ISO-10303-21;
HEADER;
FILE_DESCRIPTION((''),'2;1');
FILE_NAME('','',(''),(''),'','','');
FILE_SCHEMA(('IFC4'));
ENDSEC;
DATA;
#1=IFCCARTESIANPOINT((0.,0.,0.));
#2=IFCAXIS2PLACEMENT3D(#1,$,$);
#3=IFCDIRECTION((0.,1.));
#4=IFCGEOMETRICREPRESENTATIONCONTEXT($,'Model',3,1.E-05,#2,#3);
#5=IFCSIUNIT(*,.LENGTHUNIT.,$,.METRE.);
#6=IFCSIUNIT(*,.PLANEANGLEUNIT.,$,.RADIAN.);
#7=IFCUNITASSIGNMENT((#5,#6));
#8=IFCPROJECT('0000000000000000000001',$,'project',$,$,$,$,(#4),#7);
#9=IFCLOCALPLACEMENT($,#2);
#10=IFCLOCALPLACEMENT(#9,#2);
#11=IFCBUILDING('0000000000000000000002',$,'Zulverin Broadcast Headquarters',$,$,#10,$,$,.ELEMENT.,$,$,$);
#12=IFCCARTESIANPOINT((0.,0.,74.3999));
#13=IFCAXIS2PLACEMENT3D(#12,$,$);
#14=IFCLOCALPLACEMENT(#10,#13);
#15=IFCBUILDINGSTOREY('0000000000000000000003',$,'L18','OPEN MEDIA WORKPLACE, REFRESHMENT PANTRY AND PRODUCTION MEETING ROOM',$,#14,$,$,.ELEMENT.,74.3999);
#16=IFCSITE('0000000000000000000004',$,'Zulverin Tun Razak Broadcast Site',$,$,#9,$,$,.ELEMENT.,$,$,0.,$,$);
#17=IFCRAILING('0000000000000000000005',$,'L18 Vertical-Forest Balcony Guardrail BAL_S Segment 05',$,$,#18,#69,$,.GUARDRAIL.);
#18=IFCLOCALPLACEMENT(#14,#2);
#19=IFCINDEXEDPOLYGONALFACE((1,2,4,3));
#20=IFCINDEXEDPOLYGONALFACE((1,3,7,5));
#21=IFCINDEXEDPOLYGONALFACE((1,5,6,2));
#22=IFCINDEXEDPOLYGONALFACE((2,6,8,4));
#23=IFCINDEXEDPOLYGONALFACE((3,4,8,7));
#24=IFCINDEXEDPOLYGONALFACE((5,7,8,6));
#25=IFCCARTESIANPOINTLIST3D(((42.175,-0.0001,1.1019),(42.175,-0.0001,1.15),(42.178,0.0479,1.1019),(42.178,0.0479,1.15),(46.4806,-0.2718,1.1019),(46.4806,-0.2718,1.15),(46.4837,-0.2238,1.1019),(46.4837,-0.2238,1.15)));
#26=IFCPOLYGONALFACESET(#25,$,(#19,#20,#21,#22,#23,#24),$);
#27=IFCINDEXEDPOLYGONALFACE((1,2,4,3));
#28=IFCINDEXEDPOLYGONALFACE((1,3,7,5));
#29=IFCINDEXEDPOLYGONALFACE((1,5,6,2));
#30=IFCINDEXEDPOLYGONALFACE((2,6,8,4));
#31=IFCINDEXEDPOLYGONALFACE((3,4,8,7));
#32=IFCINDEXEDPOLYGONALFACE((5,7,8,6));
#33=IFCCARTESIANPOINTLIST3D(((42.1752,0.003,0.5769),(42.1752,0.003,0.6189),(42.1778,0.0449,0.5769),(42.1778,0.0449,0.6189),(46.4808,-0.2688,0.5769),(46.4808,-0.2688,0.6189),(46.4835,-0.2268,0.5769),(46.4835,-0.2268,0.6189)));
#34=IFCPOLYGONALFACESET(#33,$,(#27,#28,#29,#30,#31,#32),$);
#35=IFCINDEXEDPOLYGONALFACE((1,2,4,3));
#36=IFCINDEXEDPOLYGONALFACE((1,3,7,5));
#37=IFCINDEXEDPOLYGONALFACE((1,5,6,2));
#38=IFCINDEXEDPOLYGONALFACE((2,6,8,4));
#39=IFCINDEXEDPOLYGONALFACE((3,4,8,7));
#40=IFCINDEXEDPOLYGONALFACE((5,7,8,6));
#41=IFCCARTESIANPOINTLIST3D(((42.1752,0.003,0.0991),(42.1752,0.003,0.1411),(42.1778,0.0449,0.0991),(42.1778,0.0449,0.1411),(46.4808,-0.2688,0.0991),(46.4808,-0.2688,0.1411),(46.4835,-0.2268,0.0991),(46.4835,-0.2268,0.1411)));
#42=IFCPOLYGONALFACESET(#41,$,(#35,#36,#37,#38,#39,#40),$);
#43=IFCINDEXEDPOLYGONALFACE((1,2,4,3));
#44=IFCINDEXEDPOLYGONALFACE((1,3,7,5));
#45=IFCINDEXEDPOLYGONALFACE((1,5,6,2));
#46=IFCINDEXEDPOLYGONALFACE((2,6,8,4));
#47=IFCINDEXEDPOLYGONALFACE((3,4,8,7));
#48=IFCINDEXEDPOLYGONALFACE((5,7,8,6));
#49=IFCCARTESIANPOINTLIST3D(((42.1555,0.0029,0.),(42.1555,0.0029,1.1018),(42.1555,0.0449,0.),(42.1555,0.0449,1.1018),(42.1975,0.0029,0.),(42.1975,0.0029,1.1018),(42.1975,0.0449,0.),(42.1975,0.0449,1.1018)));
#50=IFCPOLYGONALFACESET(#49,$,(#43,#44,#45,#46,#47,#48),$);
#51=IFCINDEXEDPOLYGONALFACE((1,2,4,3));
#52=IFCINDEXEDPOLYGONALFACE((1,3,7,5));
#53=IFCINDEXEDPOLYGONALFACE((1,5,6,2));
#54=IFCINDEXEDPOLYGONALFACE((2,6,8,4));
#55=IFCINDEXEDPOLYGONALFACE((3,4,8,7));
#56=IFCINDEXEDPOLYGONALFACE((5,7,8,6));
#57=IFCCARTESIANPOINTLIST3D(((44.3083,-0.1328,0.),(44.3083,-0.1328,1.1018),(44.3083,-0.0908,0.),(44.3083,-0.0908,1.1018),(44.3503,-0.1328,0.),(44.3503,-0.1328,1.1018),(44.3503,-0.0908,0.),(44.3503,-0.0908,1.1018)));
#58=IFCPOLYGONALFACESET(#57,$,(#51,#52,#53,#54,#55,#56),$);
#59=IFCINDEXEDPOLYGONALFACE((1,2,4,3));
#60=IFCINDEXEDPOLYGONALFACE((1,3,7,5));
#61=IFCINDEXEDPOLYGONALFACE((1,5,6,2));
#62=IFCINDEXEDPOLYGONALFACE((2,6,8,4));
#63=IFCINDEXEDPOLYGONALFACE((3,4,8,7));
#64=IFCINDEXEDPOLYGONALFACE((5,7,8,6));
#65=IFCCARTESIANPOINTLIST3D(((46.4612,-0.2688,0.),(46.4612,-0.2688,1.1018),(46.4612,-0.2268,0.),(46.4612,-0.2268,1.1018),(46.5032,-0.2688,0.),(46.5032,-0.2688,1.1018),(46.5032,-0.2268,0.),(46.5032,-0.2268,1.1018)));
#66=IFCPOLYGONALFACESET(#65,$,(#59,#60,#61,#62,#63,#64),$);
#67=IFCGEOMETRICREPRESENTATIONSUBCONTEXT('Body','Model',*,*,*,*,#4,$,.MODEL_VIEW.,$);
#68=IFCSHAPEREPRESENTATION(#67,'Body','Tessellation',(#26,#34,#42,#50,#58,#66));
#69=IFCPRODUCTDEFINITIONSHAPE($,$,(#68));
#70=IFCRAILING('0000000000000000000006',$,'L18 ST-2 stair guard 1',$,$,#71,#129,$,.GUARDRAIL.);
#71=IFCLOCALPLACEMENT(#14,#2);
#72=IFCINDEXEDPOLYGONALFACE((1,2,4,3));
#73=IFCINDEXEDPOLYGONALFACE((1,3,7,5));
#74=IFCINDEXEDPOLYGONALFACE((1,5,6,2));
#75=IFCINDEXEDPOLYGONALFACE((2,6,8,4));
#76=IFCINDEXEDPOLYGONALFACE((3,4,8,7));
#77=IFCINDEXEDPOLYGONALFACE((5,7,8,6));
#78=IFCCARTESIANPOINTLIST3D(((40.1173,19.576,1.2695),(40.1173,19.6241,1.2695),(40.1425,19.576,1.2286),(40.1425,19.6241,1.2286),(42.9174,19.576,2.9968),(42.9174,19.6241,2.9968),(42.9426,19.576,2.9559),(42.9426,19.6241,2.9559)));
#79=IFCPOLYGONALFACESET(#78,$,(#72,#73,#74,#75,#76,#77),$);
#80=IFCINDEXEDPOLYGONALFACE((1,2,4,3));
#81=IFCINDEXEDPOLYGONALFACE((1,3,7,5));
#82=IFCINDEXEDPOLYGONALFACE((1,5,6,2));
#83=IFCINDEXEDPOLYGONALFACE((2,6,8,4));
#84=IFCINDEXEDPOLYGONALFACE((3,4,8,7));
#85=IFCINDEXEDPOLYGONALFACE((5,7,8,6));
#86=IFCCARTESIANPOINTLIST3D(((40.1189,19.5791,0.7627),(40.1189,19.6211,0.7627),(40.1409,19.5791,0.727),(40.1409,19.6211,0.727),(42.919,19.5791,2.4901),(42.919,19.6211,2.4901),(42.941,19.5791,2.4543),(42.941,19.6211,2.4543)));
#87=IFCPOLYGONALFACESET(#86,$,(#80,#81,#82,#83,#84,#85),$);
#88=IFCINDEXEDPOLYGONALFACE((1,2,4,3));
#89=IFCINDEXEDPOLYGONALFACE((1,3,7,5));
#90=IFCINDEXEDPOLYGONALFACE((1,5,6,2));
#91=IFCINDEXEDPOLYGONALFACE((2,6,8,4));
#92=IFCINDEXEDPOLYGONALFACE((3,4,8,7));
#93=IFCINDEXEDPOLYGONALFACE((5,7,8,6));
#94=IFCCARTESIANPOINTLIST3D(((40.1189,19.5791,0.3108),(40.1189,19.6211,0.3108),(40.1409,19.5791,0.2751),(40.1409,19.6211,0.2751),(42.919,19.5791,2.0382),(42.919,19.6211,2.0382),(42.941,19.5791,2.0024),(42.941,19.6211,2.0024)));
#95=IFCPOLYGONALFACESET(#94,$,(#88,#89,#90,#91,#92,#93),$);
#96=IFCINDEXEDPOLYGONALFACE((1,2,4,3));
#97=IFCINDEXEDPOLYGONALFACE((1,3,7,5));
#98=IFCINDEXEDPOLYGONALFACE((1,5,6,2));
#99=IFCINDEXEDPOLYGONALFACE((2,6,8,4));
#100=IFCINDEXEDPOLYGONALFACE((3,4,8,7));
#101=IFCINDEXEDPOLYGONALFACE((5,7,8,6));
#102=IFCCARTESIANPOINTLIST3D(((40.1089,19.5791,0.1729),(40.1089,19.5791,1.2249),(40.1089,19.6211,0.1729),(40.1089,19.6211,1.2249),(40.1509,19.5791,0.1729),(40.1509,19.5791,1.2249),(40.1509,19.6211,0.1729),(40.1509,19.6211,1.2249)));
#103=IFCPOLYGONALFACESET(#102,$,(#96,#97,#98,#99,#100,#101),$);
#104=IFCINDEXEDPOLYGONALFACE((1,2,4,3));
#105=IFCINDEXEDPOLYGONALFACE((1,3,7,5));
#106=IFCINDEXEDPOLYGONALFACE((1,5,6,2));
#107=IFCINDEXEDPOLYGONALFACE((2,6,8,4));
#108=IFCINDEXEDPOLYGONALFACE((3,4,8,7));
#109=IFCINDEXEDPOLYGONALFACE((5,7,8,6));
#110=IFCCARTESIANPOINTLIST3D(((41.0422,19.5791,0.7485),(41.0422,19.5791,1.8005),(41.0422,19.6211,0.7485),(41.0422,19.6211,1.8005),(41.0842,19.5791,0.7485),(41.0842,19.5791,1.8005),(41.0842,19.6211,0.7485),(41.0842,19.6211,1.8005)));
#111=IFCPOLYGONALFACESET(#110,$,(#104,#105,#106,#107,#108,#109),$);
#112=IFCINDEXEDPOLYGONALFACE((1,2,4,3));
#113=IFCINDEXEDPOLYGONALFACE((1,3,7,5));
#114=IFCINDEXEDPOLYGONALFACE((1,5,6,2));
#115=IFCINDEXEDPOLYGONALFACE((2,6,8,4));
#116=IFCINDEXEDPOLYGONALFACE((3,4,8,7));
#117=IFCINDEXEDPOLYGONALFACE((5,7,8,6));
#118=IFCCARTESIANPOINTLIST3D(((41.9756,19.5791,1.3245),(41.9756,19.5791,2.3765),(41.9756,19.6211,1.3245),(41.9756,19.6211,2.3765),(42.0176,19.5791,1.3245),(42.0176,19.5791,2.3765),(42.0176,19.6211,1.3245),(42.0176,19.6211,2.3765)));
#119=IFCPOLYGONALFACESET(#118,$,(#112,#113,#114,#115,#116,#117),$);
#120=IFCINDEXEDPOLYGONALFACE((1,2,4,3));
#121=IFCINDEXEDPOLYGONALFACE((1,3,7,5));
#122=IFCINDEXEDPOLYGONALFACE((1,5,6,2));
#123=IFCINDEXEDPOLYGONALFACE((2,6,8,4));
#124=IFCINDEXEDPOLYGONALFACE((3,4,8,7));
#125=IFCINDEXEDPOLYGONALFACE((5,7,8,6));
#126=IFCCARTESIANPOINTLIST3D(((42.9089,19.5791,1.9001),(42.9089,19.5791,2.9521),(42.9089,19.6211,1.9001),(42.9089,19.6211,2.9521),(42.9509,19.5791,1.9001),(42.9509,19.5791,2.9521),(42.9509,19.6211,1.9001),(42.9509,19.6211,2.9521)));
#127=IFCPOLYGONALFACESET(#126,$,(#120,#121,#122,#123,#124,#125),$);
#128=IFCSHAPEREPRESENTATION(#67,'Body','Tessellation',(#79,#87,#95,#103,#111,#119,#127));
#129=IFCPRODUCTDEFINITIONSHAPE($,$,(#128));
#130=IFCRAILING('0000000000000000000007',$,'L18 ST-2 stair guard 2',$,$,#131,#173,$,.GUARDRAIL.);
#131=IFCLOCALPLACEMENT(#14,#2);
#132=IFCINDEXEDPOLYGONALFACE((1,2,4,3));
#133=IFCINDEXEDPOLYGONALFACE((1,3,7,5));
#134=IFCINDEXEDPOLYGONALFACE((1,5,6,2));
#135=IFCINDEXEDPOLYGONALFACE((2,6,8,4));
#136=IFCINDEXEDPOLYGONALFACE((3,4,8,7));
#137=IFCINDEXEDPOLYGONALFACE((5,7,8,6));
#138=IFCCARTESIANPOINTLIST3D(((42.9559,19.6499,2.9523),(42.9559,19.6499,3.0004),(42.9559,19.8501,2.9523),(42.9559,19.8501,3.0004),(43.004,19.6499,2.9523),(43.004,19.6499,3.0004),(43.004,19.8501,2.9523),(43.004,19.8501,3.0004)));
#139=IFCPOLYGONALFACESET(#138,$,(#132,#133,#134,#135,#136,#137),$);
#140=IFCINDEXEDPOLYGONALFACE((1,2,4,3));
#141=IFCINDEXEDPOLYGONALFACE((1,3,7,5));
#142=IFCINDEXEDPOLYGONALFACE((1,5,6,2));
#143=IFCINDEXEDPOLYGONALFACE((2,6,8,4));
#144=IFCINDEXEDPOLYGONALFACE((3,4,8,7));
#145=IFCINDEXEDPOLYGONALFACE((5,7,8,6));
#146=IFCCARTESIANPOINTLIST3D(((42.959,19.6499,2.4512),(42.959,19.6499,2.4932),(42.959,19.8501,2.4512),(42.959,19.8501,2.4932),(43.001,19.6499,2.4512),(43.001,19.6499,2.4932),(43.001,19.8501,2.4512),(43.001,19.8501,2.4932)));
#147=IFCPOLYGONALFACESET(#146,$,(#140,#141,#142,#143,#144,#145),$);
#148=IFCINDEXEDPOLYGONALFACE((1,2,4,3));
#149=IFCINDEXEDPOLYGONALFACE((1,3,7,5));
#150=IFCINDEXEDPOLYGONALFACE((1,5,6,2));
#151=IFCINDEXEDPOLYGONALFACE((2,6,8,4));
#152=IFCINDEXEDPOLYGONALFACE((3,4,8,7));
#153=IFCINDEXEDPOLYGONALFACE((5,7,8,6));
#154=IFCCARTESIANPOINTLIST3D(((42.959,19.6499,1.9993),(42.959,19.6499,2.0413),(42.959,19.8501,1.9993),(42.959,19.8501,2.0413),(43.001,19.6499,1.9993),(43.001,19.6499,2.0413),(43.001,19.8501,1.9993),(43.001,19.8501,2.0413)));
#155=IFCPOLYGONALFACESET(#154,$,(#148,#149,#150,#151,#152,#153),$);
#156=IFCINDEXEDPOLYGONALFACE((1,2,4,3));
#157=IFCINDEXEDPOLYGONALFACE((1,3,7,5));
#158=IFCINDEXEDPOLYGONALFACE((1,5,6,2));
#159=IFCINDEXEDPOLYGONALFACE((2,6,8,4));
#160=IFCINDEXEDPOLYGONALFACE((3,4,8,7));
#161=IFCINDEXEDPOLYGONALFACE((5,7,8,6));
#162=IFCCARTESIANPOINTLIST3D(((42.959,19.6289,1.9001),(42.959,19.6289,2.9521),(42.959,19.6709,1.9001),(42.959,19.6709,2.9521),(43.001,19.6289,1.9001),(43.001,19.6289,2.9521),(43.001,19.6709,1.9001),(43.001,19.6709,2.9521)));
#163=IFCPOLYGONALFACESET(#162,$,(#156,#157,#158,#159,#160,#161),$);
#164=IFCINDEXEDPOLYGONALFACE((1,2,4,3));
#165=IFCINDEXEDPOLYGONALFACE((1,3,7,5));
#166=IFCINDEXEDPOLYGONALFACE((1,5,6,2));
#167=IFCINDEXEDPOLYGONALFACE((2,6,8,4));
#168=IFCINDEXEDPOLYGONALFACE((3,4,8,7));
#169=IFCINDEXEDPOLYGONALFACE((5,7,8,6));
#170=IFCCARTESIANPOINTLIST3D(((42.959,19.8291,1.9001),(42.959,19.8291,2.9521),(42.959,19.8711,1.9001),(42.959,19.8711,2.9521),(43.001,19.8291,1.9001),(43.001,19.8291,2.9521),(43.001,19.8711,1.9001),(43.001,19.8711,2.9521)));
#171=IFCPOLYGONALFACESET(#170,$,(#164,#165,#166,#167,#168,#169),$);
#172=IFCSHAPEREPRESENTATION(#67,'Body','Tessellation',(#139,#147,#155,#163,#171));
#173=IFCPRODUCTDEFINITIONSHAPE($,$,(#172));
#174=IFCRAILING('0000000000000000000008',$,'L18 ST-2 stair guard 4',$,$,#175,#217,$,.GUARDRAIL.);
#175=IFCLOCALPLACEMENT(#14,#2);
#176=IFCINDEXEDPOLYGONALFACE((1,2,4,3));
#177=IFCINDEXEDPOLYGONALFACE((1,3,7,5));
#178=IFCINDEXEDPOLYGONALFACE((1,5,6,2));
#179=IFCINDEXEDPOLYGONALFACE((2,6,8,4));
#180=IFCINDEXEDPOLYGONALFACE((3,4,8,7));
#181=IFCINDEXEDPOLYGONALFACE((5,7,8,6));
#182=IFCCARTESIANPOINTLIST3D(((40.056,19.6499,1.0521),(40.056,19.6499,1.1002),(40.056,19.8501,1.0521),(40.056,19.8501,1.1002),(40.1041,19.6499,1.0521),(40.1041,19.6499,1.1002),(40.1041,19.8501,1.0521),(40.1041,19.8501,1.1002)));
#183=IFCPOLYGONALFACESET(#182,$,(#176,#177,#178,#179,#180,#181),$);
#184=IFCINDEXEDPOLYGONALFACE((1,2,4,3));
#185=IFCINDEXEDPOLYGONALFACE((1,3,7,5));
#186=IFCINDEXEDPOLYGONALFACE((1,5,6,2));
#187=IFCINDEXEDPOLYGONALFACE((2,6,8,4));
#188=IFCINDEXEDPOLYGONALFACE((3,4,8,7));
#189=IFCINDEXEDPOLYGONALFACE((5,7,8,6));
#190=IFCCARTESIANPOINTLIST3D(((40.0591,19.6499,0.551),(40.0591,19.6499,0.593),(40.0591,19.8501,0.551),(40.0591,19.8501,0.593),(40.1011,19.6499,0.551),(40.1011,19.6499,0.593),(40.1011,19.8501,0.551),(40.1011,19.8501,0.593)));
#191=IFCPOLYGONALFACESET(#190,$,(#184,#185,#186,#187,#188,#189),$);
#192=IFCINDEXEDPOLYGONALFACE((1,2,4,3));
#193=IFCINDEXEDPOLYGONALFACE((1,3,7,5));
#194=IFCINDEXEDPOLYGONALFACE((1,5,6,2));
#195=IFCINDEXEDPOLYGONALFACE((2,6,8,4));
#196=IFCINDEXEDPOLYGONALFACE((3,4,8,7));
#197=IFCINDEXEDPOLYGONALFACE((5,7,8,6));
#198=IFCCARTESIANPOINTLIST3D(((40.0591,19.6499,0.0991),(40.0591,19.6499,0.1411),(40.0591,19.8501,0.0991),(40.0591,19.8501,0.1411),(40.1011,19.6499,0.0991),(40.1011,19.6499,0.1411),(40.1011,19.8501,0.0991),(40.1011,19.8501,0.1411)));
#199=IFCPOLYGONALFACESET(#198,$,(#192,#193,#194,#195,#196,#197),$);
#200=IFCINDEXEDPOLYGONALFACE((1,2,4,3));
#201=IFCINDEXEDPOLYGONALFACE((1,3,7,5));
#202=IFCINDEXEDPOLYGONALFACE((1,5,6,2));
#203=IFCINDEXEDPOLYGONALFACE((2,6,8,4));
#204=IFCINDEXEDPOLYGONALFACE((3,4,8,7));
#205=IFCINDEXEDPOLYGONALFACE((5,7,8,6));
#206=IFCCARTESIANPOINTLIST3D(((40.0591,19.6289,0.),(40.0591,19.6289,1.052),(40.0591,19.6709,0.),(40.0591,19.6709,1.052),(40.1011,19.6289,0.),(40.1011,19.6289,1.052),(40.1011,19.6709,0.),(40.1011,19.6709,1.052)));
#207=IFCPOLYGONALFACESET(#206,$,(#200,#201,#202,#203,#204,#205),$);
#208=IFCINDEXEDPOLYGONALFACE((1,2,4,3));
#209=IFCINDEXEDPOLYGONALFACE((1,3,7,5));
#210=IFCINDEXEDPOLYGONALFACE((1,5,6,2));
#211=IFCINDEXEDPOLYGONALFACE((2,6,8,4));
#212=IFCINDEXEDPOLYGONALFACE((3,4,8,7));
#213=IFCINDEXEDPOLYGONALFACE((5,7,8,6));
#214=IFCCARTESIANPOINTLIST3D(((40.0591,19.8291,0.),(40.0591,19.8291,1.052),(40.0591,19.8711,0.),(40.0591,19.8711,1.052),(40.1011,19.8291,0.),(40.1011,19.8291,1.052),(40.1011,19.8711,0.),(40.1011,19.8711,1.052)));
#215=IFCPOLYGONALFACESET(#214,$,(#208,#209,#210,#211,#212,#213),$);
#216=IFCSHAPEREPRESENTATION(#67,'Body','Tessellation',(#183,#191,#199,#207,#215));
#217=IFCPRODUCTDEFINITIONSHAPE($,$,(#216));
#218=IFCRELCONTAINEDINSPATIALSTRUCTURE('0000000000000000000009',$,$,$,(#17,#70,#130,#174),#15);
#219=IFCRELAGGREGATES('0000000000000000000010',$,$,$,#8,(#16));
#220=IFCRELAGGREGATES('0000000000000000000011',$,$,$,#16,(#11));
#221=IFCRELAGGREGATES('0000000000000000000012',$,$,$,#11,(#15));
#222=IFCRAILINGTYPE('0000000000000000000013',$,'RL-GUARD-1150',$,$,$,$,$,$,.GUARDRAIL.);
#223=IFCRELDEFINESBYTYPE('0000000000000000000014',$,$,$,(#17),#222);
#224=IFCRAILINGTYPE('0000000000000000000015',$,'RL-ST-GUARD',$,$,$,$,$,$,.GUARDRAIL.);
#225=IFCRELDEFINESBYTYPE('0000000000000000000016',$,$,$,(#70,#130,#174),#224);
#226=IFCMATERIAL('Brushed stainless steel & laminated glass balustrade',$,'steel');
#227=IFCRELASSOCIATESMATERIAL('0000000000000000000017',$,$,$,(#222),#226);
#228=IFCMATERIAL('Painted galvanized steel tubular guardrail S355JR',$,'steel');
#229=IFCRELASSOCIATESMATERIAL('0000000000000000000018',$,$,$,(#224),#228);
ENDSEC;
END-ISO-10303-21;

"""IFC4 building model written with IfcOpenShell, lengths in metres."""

from ifc_helpers import new_model, si_unit, direction, frame, origin, origin_2d, place, context, subcontext, project, spatial, rectangle, extrude, material, type_object, element, save


model = new_model("IFC4")

# Units and contexts
model_context = context("Model", 3, precision=1e-05, world=origin(), true_north=direction((0.0, 1.0)))
body_context = subcontext(model_context, "Body", "Model", "MODEL_VIEW")
ifc_project = project(units=[si_unit("LENGTHUNIT", "METRE"), si_unit("PLANEANGLEUNIT", "RADIAN")], contexts=[model_context])

# Site, building, storey
site_placement = place(None, origin())
site = spatial("IfcSite", under=ifc_project, at=site_placement, Name="Zulverin Tun Razak Broadcast Site", CompositionType="ELEMENT", RefElevation=0.0)
building_placement = place(site_placement, origin())
building = spatial("IfcBuilding", under=site, at=building_placement, Name="Zulverin Broadcast Headquarters", CompositionType="ELEMENT")
storey_placement = place(building_placement, frame((0.0, 0.0, 74.3999)))
storey = spatial("IfcBuildingStorey", under=building, at=storey_placement, Name="L18", Description="OPEN MEDIA WORKPLACE, REFRESHMENT PANTRY AND PRODUCTION MEETING ROOM", CompositionType="ELEMENT", Elevation=74.3999)

# Railings
ifc_material_1 = material(Name="Brushed stainless steel & laminated glass balustrade", Category="steel")
railing_type_1 = type_object("IfcRailingType", Name="RL-GUARD-1150", PredefinedType="GUARDRAIL", material=ifc_material_1)
railing_1_placement = place(storey_placement, frame((42.1765, 0.0239, 0.0)))
element("IfcRailing", 1, at=railing_1_placement, inside=storey, type_object=railing_type_1, Name="L18 Vertical-Forest Balcony Guardrail BAL_S Segment 05", PredefinedType="GUARDRAIL", context=body_context, shape_type="SweptSolid", body=[
    extrude(rectangle(XDim=0.0481, YDim=0.0481, at=origin_2d()), frame((0.0, 0.0, 1.126), z_axis=(0.998015, -0.062984, 0.0), x_axis=(0.062984, 0.998015, 0.0)), (0.0, 0.0, 1.0), 4.3142),
    extrude(rectangle(XDim=0.042, YDim=0.042, at=origin_2d()), frame((0.0, 0.0, 0.5979), z_axis=(0.998015, -0.062984, 0.0), x_axis=(0.062984, 0.998015, 0.0)), (0.0, 0.0, 1.0), 4.3142),
    extrude(rectangle(XDim=0.042, YDim=0.042, at=origin_2d()), frame((0.0, 0.0, 0.1201), z_axis=(0.998015, -0.062984, 0.0), x_axis=(0.062984, 0.998015, 0.0)), (0.0, 0.0, 1.0), 4.3142),
    extrude(rectangle(XDim=0.042, YDim=0.042, at=origin_2d()), origin(), (0.0, 0.0, 1.0), 1.1018),
    extrude(rectangle(XDim=0.042, YDim=0.042, at=origin_2d()), frame((2.1528, -0.1357, 0.0)), (0.0, 0.0, 1.0), 1.1018),
    extrude(rectangle(XDim=0.042, YDim=0.042, at=origin_2d()), frame((4.3057, -0.2717, 0.0)), (0.0, 0.0, 1.0), 1.1018),
])
ifc_material_2 = material(Name="Painted galvanized steel tubular guardrail S355JR", Category="steel")
railing_type_2 = type_object("IfcRailingType", Name="RL-ST-GUARD", PredefinedType="GUARDRAIL", material=ifc_material_2)
railing_2_placement = place(storey_placement, frame((40.1299, 19.6001, 0.1729)))
element("IfcRailing", 2, at=railing_2_placement, inside=storey, type_object=railing_type_2, Name="L18 ST-2 stair guard 1", PredefinedType="GUARDRAIL", context=body_context, shape_type="SweptSolid", body=[
    extrude(rectangle(XDim=0.0481, YDim=0.0481, at=origin_2d()), frame((0.0, 0.0, 1.0762), z_axis=(0.85109, 0.0, 0.52502), x_axis=(0.0, 1.0, 0.0)), (0.0, 0.0, 1.0), 3.29),
    extrude(rectangle(XDim=0.042, YDim=0.042, at=origin_2d()), frame((0.0, 0.0, 0.572), z_axis=(0.85109, 0.0, 0.52502), x_axis=(0.0, 1.0, 0.0)), (0.0, 0.0, 1.0), 3.29),
    extrude(rectangle(XDim=0.042, YDim=0.042, at=origin_2d()), frame((0.0, 0.0, 0.1201), z_axis=(0.85109, 0.0, 0.52502), x_axis=(0.0, 1.0, 0.0)), (0.0, 0.0, 1.0), 3.29),
    extrude(rectangle(XDim=0.042, YDim=0.042, at=origin_2d()), origin(), (0.0, 0.0, 1.0), 1.052),
    extrude(rectangle(XDim=0.042, YDim=0.042, at=origin_2d()), frame((0.9333, 0.0, 0.5757)), (0.0, 0.0, 1.0), 1.052),
    extrude(rectangle(XDim=0.042, YDim=0.042, at=origin_2d()), frame((1.8667, 0.0, 1.1516)), (0.0, 0.0, 1.0), 1.052),
    extrude(rectangle(XDim=0.042, YDim=0.042, at=origin_2d()), frame((2.8, 0.0, 1.7273)), (0.0, 0.0, 1.0), 1.052),
])
for number, where, name in (
    (3, (42.98, 19.6499, 1.9001), "L18 ST-2 stair guard 2"),
    (4, (40.0801, 19.6499, 0.0), "L18 ST-2 stair guard 4"),
):
    element("IfcRailing", number, at=place(storey_placement, frame(where)), inside=storey, type_object=railing_type_2, Name=name, PredefinedType="GUARDRAIL", context=body_context, shape_type="SweptSolid", body=[
        extrude(rectangle(XDim=0.0481, YDim=0.0481, at=origin_2d()), frame((0.0, 0.0, 1.0762), z_axis=(0.0, 1.0, 0.0), x_axis=(-1.0, 0.0, 0.0)), (0.0, 0.0, 1.0), 0.2002),
        extrude(rectangle(XDim=0.042, YDim=0.042, at=origin_2d()), frame((0.0, 0.0, 0.572), z_axis=(0.0, 1.0, 0.0), x_axis=(-1.0, 0.0, 0.0)), (0.0, 0.0, 1.0), 0.2002),
        extrude(rectangle(XDim=0.042, YDim=0.042, at=origin_2d()), frame((0.0, 0.0, 0.1201), z_axis=(0.0, 1.0, 0.0), x_axis=(-1.0, 0.0, 0.0)), (0.0, 0.0, 1.0), 0.2002),
        extrude(rectangle(XDim=0.042, YDim=0.042, at=origin_2d()), origin(), (0.0, 0.0, 1.0), 1.052),
        extrude(rectangle(XDim=0.042, YDim=0.042, at=origin_2d()), frame((0.0, 0.2002, 0.0)), (0.0, 0.0, 1.0), 1.052),
    ])

save(model, "model.ifc")
